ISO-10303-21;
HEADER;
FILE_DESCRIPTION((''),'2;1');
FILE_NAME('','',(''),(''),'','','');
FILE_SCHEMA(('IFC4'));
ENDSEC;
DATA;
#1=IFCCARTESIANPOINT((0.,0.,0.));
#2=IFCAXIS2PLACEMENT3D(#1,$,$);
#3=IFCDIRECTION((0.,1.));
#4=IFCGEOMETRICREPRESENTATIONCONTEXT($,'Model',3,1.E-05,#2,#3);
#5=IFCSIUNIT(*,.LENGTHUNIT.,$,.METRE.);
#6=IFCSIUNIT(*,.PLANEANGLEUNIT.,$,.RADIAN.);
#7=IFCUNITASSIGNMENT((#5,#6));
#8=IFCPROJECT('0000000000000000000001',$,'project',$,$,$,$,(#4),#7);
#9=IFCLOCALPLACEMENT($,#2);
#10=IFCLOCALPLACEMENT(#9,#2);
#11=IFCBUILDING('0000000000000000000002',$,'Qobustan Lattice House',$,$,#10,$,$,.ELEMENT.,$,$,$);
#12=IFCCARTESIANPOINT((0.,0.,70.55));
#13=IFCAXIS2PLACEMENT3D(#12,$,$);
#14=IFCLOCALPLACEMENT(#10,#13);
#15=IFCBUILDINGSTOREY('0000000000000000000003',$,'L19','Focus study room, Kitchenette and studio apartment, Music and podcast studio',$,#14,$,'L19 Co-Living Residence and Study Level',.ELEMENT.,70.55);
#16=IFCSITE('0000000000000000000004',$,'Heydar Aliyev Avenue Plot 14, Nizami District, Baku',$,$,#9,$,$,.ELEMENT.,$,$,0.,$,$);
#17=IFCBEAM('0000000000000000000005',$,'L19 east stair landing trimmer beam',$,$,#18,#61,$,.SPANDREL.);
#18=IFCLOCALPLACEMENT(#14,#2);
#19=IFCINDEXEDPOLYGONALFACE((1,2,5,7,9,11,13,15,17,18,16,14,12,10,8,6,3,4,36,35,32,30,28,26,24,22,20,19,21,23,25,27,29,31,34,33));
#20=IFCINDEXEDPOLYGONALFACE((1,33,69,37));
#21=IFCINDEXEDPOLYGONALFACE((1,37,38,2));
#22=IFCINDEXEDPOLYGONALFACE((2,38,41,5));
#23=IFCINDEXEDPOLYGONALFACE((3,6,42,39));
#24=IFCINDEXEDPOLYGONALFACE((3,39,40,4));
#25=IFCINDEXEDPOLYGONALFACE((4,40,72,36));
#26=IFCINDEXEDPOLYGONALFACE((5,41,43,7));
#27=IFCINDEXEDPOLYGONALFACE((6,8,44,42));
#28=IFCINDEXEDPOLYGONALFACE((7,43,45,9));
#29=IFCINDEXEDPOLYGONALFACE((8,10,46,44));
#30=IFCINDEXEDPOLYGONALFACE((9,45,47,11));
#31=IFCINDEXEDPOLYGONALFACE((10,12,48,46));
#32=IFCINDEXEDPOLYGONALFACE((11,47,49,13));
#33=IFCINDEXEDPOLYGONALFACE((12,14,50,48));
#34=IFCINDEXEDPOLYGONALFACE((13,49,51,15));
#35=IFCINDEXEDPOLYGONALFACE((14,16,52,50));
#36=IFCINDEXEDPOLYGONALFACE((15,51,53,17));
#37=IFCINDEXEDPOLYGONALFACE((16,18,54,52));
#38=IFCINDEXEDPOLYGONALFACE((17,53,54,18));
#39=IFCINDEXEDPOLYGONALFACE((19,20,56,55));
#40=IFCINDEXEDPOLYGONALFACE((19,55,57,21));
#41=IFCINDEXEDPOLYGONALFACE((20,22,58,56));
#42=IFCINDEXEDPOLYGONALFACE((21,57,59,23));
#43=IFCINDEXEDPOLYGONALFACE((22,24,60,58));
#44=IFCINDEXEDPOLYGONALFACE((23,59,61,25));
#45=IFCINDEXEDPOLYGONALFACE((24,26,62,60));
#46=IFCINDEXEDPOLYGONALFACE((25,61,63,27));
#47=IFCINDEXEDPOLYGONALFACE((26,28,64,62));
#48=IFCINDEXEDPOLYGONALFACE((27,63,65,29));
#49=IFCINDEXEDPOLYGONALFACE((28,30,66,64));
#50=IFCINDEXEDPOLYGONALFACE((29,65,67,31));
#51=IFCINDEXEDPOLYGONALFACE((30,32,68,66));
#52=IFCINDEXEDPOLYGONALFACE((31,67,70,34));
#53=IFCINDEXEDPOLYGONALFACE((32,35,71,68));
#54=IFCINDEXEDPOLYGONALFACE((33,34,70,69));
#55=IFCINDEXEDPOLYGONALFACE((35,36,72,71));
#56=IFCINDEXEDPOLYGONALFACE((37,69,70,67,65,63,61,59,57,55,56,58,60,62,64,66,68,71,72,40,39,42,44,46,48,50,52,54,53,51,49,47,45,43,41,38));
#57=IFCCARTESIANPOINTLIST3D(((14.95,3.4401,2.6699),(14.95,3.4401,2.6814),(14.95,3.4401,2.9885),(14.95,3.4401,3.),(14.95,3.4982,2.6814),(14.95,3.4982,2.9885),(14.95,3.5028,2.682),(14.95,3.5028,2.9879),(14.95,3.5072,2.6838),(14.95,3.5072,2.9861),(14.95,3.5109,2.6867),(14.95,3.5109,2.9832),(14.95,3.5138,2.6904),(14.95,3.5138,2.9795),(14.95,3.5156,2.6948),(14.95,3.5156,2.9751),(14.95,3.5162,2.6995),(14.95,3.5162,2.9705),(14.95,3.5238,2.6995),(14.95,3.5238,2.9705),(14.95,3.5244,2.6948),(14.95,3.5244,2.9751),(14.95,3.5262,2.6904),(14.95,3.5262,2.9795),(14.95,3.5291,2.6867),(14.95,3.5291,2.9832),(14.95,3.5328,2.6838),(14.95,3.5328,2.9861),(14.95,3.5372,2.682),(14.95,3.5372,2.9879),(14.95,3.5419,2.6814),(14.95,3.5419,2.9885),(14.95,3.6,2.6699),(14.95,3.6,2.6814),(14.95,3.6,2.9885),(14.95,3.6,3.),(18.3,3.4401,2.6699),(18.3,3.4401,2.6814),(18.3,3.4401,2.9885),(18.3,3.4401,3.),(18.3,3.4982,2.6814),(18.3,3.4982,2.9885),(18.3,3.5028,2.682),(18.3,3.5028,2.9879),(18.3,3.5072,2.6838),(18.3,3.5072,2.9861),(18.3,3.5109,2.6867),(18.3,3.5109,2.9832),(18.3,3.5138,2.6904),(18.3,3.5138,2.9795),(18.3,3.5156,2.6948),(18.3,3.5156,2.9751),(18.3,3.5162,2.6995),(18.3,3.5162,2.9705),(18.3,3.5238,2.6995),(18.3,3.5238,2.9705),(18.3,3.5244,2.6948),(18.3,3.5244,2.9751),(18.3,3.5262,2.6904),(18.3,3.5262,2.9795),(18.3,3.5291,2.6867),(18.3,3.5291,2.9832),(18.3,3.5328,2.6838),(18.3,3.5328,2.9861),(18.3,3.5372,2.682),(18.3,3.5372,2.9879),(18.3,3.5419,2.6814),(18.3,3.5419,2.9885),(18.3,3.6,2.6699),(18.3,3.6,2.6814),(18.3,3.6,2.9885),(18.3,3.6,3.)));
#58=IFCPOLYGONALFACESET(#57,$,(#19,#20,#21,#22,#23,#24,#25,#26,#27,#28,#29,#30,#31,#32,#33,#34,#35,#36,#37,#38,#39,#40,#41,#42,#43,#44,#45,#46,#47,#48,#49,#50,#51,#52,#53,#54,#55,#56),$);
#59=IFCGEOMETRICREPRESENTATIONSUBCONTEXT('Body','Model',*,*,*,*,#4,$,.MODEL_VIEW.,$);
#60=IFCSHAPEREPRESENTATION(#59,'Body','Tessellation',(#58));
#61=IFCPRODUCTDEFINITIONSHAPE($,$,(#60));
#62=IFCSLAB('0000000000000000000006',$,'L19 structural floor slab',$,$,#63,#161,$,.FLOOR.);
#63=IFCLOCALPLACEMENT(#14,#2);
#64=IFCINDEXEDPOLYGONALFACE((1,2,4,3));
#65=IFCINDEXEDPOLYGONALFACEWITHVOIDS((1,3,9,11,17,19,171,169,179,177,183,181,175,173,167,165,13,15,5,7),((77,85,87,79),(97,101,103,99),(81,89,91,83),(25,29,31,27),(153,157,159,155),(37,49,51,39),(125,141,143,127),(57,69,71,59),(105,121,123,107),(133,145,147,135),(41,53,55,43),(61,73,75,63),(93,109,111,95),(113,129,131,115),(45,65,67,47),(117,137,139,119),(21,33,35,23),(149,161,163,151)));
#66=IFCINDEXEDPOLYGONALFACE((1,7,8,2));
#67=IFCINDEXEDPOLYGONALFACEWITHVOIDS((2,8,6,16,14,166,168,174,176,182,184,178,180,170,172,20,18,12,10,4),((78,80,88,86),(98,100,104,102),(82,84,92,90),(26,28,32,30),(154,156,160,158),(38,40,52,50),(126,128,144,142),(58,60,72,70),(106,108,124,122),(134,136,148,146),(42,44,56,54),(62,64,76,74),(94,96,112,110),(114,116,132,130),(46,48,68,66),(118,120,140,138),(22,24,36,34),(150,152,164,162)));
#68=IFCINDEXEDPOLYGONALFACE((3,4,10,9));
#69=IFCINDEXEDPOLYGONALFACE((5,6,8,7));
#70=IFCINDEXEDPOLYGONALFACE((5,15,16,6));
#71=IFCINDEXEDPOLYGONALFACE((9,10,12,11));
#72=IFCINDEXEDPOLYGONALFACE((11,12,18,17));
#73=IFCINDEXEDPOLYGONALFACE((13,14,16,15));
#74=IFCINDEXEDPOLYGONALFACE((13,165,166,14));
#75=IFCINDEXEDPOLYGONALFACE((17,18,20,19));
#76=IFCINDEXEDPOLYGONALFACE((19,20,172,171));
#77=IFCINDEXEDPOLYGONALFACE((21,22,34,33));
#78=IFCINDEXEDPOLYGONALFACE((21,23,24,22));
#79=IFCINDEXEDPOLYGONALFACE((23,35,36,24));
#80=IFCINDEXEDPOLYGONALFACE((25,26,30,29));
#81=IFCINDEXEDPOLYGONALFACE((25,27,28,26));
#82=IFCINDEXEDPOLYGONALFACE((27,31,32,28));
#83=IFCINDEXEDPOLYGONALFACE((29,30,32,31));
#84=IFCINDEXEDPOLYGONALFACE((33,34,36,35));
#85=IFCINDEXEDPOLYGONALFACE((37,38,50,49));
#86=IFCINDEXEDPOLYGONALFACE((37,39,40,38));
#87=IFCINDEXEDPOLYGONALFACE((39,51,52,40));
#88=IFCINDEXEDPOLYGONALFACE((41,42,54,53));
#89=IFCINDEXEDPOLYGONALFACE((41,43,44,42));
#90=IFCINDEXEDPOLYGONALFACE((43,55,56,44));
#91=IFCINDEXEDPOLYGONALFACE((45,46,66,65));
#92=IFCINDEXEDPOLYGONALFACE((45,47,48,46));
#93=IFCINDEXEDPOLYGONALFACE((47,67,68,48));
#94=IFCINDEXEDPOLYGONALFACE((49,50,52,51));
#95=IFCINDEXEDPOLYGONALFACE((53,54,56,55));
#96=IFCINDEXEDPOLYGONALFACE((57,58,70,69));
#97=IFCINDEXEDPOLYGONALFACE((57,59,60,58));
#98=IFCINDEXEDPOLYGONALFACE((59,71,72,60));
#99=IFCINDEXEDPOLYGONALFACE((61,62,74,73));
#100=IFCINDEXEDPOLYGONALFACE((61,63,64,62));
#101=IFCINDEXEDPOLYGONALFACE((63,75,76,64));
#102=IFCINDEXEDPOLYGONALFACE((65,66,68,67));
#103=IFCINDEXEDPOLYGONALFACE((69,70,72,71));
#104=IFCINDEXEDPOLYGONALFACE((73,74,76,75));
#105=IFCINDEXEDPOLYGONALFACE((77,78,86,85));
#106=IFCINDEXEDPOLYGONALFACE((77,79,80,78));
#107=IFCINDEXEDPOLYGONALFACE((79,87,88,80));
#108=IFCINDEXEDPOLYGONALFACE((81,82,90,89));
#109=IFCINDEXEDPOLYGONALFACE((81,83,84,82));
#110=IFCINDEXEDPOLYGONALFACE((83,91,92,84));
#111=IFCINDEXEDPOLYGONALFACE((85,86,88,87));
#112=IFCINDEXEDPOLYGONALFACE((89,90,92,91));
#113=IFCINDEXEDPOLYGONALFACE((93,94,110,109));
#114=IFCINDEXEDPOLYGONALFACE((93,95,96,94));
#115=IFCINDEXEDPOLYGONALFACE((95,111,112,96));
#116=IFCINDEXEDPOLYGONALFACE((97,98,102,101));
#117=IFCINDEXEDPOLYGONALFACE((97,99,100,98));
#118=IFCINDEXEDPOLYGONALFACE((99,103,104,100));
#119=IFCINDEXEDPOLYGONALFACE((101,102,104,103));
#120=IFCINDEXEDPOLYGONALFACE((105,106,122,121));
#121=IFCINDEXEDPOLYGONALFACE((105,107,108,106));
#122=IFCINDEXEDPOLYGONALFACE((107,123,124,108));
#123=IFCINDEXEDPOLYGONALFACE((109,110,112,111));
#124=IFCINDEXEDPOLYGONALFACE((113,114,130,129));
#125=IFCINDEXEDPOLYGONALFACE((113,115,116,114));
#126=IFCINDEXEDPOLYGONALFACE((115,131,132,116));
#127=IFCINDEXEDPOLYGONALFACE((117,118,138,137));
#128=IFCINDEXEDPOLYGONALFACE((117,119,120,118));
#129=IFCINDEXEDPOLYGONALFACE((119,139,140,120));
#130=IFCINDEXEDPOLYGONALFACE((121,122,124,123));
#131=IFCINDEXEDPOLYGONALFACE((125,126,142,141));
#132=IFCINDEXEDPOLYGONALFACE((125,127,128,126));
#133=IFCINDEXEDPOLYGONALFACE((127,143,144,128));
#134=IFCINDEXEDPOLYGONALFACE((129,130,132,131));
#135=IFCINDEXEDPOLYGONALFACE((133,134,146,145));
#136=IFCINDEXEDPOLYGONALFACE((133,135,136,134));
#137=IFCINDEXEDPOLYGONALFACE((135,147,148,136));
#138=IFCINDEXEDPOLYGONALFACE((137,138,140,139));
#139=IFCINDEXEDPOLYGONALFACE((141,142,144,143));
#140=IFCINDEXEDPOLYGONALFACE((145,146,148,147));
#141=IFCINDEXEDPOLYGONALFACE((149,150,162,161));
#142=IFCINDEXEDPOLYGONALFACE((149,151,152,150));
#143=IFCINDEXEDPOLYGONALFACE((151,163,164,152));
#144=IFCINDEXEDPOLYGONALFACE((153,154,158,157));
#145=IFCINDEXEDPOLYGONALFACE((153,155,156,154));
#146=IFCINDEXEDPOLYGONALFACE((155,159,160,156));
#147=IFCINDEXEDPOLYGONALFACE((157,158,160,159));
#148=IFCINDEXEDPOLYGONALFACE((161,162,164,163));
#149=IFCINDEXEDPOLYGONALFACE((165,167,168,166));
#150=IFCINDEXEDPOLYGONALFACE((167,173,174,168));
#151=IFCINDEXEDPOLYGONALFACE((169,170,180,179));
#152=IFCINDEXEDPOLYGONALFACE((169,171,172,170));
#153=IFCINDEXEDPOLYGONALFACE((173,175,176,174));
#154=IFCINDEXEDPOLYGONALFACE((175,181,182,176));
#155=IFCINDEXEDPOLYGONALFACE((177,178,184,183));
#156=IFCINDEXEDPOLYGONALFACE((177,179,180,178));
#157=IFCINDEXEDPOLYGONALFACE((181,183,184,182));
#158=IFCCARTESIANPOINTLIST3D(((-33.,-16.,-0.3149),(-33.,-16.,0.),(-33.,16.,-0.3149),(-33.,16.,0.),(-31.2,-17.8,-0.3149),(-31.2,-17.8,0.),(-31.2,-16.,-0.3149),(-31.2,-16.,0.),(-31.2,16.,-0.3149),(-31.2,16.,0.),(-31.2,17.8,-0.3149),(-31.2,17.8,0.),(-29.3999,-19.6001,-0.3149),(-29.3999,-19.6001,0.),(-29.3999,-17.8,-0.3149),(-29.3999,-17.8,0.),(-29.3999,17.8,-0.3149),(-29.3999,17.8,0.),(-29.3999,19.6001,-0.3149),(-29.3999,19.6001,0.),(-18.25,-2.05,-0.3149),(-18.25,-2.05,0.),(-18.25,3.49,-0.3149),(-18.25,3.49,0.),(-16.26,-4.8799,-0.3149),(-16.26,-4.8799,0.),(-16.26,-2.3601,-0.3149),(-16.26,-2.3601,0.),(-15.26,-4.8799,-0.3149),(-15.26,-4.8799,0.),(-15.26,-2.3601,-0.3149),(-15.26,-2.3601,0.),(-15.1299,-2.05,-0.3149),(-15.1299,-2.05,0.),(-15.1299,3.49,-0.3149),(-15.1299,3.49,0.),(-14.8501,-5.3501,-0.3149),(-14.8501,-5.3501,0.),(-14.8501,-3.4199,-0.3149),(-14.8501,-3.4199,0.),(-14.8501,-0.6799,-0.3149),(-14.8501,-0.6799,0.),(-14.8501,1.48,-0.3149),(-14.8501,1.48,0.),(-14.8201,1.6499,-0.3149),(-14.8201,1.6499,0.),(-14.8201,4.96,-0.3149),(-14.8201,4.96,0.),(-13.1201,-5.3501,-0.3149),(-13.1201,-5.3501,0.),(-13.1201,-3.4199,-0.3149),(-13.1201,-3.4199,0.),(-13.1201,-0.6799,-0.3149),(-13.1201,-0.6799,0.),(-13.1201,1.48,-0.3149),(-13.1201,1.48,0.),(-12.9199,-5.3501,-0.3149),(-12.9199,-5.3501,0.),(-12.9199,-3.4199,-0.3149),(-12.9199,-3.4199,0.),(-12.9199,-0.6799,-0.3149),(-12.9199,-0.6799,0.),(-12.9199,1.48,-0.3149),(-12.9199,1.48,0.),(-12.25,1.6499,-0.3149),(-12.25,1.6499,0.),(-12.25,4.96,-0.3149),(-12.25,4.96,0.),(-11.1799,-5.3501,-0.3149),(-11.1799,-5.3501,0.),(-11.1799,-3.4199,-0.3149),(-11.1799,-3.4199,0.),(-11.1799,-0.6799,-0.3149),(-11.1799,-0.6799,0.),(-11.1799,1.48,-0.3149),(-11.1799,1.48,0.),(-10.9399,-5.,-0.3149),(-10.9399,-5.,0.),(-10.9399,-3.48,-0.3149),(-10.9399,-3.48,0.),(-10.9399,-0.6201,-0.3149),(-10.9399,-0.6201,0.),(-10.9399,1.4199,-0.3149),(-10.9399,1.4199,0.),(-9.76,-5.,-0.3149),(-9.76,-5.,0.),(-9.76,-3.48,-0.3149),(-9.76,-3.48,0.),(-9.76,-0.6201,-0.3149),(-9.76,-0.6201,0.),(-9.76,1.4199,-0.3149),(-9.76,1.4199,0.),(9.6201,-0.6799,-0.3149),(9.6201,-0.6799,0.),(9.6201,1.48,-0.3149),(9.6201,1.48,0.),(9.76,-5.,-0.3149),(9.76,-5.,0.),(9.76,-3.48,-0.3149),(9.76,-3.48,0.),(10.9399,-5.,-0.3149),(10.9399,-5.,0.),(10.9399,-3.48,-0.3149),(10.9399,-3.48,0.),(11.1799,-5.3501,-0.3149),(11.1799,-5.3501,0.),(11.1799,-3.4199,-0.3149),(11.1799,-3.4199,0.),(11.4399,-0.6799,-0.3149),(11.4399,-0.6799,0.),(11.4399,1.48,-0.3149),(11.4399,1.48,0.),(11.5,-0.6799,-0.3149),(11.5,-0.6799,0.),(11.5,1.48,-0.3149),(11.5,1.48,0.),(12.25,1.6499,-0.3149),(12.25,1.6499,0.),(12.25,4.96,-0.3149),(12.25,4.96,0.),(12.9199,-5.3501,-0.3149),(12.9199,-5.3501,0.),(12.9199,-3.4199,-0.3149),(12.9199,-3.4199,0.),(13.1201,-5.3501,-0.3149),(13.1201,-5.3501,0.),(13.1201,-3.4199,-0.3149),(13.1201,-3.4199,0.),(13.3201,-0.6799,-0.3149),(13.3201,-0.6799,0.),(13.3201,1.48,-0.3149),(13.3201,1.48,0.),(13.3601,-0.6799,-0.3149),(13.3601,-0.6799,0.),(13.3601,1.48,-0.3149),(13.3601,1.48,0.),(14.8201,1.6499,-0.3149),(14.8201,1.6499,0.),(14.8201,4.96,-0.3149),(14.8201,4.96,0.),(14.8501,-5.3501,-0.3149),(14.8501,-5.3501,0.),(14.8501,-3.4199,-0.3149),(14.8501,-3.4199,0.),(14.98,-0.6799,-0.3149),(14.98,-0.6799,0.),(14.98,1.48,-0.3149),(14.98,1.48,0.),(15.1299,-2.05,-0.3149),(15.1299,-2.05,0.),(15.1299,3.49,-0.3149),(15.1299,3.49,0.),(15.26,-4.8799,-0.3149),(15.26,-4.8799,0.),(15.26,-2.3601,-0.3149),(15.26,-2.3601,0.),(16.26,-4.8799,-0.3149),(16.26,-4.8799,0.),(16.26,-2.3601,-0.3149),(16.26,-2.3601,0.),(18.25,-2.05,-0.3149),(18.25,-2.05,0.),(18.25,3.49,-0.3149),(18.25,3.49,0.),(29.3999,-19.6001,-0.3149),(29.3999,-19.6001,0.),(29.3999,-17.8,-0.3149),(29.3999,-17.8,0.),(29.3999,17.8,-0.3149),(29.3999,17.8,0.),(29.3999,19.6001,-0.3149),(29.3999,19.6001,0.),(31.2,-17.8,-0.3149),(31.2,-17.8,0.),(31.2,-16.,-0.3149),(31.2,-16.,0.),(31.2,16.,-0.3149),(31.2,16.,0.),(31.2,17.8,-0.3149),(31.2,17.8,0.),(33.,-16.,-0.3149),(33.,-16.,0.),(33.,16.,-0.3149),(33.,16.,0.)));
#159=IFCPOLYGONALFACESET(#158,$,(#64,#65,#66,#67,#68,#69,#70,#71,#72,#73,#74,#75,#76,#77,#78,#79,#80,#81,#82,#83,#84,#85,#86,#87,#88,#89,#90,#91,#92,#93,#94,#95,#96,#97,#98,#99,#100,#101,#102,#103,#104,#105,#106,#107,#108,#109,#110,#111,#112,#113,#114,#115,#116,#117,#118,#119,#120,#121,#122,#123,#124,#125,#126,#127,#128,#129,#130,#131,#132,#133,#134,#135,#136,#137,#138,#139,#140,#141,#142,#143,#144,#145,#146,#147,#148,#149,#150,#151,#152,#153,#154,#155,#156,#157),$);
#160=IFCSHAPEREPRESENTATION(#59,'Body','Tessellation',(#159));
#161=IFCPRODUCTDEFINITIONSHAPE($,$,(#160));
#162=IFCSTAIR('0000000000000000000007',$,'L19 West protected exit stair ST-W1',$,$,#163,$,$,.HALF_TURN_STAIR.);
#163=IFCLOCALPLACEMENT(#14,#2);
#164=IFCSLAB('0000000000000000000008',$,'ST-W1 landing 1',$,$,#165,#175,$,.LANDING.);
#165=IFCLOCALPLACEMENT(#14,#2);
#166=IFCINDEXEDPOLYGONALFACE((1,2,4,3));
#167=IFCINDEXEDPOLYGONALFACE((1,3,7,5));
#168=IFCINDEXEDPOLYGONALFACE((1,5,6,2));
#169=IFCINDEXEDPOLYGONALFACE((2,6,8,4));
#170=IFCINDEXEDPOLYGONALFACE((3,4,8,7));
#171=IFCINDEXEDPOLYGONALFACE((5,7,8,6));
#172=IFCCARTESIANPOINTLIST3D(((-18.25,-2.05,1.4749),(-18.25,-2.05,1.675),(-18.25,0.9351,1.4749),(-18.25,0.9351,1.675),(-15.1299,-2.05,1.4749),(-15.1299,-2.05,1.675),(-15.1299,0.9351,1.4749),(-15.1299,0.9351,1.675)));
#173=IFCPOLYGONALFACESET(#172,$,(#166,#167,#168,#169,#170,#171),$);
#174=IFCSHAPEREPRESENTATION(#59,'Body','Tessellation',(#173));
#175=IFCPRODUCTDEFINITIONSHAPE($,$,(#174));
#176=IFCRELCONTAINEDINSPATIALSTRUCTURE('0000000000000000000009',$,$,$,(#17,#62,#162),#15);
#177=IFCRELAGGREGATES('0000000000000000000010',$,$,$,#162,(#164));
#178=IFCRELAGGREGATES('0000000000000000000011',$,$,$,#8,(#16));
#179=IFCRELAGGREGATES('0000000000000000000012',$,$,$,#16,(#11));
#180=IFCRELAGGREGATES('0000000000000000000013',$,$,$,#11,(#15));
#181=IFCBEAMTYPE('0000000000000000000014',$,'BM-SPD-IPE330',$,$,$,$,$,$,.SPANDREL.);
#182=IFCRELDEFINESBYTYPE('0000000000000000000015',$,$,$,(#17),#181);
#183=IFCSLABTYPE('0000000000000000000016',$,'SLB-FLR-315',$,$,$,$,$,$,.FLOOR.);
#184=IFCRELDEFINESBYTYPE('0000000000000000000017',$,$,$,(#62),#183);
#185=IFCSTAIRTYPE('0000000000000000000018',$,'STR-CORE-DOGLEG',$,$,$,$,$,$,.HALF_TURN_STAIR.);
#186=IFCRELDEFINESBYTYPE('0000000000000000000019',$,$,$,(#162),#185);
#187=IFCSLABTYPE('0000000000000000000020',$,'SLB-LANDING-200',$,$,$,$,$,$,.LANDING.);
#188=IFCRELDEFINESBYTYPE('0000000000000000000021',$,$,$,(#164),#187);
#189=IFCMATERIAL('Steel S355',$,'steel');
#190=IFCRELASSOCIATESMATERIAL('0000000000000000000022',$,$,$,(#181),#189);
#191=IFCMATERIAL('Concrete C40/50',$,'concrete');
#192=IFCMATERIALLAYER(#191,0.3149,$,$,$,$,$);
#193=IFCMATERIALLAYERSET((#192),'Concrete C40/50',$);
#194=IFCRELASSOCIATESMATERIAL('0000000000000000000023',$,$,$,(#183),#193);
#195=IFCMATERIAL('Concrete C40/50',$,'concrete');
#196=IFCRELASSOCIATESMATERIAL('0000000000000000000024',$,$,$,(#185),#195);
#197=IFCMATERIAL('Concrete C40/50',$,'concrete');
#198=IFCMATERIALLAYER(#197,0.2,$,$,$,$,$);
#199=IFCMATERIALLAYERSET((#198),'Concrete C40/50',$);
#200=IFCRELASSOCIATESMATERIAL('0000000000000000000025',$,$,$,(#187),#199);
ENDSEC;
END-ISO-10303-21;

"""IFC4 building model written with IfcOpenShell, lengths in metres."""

from ifc_helpers import new_model, si_unit, direction, frame, origin, origin_2d, place, context, subcontext, project, spatial, polyline, i_section, outline, extrude, material, layer, layer_set, material_profile, profile_set, type_object, element, aggregate, save


model = new_model("IFC4")

# Units and contexts
model_context = context("Model", 3, precision=1e-05, world=origin(), true_north=direction((0.0, 1.0)))
body_context = subcontext(model_context, "Body", "Model", "MODEL_VIEW")
ifc_project = project(units=[si_unit("LENGTHUNIT", "METRE"), si_unit("PLANEANGLEUNIT", "RADIAN")], contexts=[model_context])

# Site, building, storey
site_placement = place(None, origin())
site = spatial("IfcSite", under=ifc_project, at=site_placement, Name="Heydar Aliyev Avenue Plot 14, Nizami District, Baku", CompositionType="ELEMENT", RefElevation=0.0)
building_placement = place(site_placement, origin())
building = spatial("IfcBuilding", under=site, at=building_placement, Name="Qobustan Lattice House", CompositionType="ELEMENT")
storey_placement = place(building_placement, frame((0.0, 0.0, 70.55)))
storey = spatial("IfcBuildingStorey", under=building, at=storey_placement, Name="L19", Description="Focus study room, Kitchenette and studio apartment, Music and podcast studio", LongName="L19 Co-Living Residence and Study Level", CompositionType="ELEMENT", Elevation=70.55)

# Beam
ifc_material_1 = material(Name="Steel S355", Category="steel")
ifc_material_profile = material_profile(ifc_material_1, i_section(OverallWidth=0.1599, OverallDepth=0.3301, WebThickness=0.0076, FlangeThickness=0.0115, FilletRadius=0.0181, at=origin_2d()), Name="IPE330")
ifc_profile_set = profile_set([ifc_material_profile], Name="Steel S355")
beam_type = type_object("IfcBeamType", Name="BM-SPD-IPE330", PredefinedType="SPANDREL", material=ifc_profile_set)
beam_placement = place(storey_placement, frame((14.95, 3.52, 2.835), z_axis=(1.0, 0.0, 0.0), x_axis=(0.0, 1.0, 0.0)))
element("IfcBeam", 1, at=beam_placement, inside=storey, type_object=beam_type, Name="L19 east stair landing trimmer beam", PredefinedType="SPANDREL", context=body_context, shape_type="SweptSolid", body=[
    extrude(i_section(OverallWidth=0.1599, OverallDepth=0.3301, WebThickness=0.0076, FlangeThickness=0.0115, FilletRadius=0.0181, at=origin_2d()), origin(), (0.0, 0.0, 1.0), 3.3501),
])

# Slab
ifc_material_2 = material(Name="Concrete C40/50", Category="concrete")
ifc_layer_1 = layer(ifc_material_2, 0.3149)
ifc_layer_set_1 = layer_set([ifc_layer_1], Name="Concrete C40/50")
slab_type_1 = type_object("IfcSlabType", Name="SLB-FLR-315", PredefinedType="FLOOR", material=ifc_layer_set_1)
slab_1_placement = place(storey_placement, frame((0.0, 0.0, -0.3149)))
element("IfcSlab", 2, at=slab_1_placement, inside=storey, type_object=slab_type_1, Name="L19 structural floor slab", PredefinedType="FLOOR", context=body_context, shape_type="SweptSolid", body=[
    extrude(outline(polyline([(-29.3999, -19.6001), (29.3999, -19.6001), (29.3999, -17.8), (31.2, -17.8), (31.2, -16.0), (33.0, -16.0), (33.0, 16.0), (31.2, 16.0), (31.2, 17.8), (29.3999, 17.8), (29.3999, 19.6001), (-29.3999, 19.6001), (-29.3999, 17.8), (-31.2, 17.8), (-31.2, 16.0), (-33.0, 16.0), (-33.0, -16.0), (-31.2, -16.0), (-31.2, -17.8), (-29.3999, -17.8), (-29.3999, -19.6001)]), holes=[polyline([(-18.25, -2.05), (-18.25, 3.49), (-15.1299, 3.49), (-15.1299, -2.05), (-18.25, -2.05)]), polyline([(15.1299, -2.05), (15.1299, 3.49), (18.25, 3.49), (18.25, -2.05), (15.1299, -2.05)]), polyline([(-14.8201, 1.6499), (-14.8201, 4.96), (-12.25, 4.96), (-12.25, 1.6499), (-14.8201, 1.6499)]), polyline([(12.25, 1.6499), (12.25, 4.96), (14.8201, 4.96), (14.8201, 1.6499), (12.25, 1.6499)]), polyline([(-16.26, -4.8799), (-16.26, -2.3601), (-15.26, -2.3601), (-15.26, -4.8799), (-16.26, -4.8799)]), polyline([(15.26, -4.8799), (15.26, -2.3601), (16.26, -2.3601), (16.26, -4.8799), (15.26, -4.8799)]), polyline([(-14.8501, -5.3501), (-14.8501, -3.4199), (-13.1201, -3.4199), (-13.1201, -5.3501), (-14.8501, -5.3501)]), polyline([(-12.9199, -5.3501), (-12.9199, -3.4199), (-11.1799, -3.4199), (-11.1799, -5.3501), (-12.9199, -5.3501)]), polyline([(-14.8501, -0.6799), (-14.8501, 1.48), (-13.1201, 1.48), (-13.1201, -0.6799), (-14.8501, -0.6799)]), polyline([(-12.9199, -0.6799), (-12.9199, 1.48), (-11.1799, 1.48), (-11.1799, -0.6799), (-12.9199, -0.6799)]), polyline([(-10.9399, -5.0), (-10.9399, -3.48), (-9.76, -3.48), (-9.76, -5.0), (-10.9399, -5.0)]), polyline([(-10.9399, -0.6201), (-10.9399, 1.4199), (-9.76, 1.4199), (-9.76, -0.6201), (-10.9399, -0.6201)]), polyline([(11.1799, -5.3501), (11.1799, -3.4199), (12.9199, -3.4199), (12.9199, -5.3501), (11.1799, -5.3501)]), polyline([(13.1201, -5.3501), (13.1201, -3.4199), (14.8501, -3.4199), (14.8501, -5.3501), (13.1201, -5.3501)]), polyline([(9.76, -5.0), (9.76, -3.48), (10.9399, -3.48), (10.9399, -5.0), (9.76, -5.0)]), polyline([(13.3601, -0.6799), (13.3601, 1.48), (14.98, 1.48), (14.98, -0.6799), (13.3601, -0.6799)]), polyline([(9.6201, -0.6799), (9.6201, 1.48), (11.4399, 1.48), (11.4399, -0.6799), (9.6201, -0.6799)]), polyline([(11.5, -0.6799), (11.5, 1.48), (13.3201, 1.48), (13.3201, -0.6799), (11.5, -0.6799)])]), origin(), (0.0, 0.0, 1.0), 0.3149),
])

# Stair, slab
ifc_material_3 = material(Name="Concrete C40/50", Category="concrete")
stair_type = type_object("IfcStairType", Name="STR-CORE-DOGLEG", PredefinedType="HALF_TURN_STAIR", material=ifc_material_3)
stair_1_placement = place(storey_placement, origin())
stair_1 = element("IfcStair", 3, at=stair_1_placement, inside=storey, type_object=stair_type, Name="L19 West protected exit stair ST-W1", PredefinedType="HALF_TURN_STAIR")
ifc_material_4 = material(Name="Concrete C40/50", Category="concrete")
ifc_layer_2 = layer(ifc_material_4, 0.2)
ifc_layer_set_2 = layer_set([ifc_layer_2], Name="Concrete C40/50")
slab_type_2 = type_object("IfcSlabType", Name="SLB-LANDING-200", PredefinedType="LANDING", material=ifc_layer_set_2)
slab_2_placement = place(storey_placement, frame((0.0, 0.0, 1.4749)))
slab_2 = element("IfcSlab", 4, at=slab_2_placement, type_object=slab_type_2, Name="ST-W1 landing 1", PredefinedType="LANDING", context=body_context, shape_type="SweptSolid", body=[
    extrude(outline(polyline([(-18.25, 0.9351), (-18.25, -2.05), (-15.1299, -2.05), (-15.1299, 0.9351), (-18.25, 0.9351)])), origin(), (0.0, 0.0, 1.0), 0.2002),
])
aggregate(stair_1, [slab_2])

save(model, "model.ifc")
